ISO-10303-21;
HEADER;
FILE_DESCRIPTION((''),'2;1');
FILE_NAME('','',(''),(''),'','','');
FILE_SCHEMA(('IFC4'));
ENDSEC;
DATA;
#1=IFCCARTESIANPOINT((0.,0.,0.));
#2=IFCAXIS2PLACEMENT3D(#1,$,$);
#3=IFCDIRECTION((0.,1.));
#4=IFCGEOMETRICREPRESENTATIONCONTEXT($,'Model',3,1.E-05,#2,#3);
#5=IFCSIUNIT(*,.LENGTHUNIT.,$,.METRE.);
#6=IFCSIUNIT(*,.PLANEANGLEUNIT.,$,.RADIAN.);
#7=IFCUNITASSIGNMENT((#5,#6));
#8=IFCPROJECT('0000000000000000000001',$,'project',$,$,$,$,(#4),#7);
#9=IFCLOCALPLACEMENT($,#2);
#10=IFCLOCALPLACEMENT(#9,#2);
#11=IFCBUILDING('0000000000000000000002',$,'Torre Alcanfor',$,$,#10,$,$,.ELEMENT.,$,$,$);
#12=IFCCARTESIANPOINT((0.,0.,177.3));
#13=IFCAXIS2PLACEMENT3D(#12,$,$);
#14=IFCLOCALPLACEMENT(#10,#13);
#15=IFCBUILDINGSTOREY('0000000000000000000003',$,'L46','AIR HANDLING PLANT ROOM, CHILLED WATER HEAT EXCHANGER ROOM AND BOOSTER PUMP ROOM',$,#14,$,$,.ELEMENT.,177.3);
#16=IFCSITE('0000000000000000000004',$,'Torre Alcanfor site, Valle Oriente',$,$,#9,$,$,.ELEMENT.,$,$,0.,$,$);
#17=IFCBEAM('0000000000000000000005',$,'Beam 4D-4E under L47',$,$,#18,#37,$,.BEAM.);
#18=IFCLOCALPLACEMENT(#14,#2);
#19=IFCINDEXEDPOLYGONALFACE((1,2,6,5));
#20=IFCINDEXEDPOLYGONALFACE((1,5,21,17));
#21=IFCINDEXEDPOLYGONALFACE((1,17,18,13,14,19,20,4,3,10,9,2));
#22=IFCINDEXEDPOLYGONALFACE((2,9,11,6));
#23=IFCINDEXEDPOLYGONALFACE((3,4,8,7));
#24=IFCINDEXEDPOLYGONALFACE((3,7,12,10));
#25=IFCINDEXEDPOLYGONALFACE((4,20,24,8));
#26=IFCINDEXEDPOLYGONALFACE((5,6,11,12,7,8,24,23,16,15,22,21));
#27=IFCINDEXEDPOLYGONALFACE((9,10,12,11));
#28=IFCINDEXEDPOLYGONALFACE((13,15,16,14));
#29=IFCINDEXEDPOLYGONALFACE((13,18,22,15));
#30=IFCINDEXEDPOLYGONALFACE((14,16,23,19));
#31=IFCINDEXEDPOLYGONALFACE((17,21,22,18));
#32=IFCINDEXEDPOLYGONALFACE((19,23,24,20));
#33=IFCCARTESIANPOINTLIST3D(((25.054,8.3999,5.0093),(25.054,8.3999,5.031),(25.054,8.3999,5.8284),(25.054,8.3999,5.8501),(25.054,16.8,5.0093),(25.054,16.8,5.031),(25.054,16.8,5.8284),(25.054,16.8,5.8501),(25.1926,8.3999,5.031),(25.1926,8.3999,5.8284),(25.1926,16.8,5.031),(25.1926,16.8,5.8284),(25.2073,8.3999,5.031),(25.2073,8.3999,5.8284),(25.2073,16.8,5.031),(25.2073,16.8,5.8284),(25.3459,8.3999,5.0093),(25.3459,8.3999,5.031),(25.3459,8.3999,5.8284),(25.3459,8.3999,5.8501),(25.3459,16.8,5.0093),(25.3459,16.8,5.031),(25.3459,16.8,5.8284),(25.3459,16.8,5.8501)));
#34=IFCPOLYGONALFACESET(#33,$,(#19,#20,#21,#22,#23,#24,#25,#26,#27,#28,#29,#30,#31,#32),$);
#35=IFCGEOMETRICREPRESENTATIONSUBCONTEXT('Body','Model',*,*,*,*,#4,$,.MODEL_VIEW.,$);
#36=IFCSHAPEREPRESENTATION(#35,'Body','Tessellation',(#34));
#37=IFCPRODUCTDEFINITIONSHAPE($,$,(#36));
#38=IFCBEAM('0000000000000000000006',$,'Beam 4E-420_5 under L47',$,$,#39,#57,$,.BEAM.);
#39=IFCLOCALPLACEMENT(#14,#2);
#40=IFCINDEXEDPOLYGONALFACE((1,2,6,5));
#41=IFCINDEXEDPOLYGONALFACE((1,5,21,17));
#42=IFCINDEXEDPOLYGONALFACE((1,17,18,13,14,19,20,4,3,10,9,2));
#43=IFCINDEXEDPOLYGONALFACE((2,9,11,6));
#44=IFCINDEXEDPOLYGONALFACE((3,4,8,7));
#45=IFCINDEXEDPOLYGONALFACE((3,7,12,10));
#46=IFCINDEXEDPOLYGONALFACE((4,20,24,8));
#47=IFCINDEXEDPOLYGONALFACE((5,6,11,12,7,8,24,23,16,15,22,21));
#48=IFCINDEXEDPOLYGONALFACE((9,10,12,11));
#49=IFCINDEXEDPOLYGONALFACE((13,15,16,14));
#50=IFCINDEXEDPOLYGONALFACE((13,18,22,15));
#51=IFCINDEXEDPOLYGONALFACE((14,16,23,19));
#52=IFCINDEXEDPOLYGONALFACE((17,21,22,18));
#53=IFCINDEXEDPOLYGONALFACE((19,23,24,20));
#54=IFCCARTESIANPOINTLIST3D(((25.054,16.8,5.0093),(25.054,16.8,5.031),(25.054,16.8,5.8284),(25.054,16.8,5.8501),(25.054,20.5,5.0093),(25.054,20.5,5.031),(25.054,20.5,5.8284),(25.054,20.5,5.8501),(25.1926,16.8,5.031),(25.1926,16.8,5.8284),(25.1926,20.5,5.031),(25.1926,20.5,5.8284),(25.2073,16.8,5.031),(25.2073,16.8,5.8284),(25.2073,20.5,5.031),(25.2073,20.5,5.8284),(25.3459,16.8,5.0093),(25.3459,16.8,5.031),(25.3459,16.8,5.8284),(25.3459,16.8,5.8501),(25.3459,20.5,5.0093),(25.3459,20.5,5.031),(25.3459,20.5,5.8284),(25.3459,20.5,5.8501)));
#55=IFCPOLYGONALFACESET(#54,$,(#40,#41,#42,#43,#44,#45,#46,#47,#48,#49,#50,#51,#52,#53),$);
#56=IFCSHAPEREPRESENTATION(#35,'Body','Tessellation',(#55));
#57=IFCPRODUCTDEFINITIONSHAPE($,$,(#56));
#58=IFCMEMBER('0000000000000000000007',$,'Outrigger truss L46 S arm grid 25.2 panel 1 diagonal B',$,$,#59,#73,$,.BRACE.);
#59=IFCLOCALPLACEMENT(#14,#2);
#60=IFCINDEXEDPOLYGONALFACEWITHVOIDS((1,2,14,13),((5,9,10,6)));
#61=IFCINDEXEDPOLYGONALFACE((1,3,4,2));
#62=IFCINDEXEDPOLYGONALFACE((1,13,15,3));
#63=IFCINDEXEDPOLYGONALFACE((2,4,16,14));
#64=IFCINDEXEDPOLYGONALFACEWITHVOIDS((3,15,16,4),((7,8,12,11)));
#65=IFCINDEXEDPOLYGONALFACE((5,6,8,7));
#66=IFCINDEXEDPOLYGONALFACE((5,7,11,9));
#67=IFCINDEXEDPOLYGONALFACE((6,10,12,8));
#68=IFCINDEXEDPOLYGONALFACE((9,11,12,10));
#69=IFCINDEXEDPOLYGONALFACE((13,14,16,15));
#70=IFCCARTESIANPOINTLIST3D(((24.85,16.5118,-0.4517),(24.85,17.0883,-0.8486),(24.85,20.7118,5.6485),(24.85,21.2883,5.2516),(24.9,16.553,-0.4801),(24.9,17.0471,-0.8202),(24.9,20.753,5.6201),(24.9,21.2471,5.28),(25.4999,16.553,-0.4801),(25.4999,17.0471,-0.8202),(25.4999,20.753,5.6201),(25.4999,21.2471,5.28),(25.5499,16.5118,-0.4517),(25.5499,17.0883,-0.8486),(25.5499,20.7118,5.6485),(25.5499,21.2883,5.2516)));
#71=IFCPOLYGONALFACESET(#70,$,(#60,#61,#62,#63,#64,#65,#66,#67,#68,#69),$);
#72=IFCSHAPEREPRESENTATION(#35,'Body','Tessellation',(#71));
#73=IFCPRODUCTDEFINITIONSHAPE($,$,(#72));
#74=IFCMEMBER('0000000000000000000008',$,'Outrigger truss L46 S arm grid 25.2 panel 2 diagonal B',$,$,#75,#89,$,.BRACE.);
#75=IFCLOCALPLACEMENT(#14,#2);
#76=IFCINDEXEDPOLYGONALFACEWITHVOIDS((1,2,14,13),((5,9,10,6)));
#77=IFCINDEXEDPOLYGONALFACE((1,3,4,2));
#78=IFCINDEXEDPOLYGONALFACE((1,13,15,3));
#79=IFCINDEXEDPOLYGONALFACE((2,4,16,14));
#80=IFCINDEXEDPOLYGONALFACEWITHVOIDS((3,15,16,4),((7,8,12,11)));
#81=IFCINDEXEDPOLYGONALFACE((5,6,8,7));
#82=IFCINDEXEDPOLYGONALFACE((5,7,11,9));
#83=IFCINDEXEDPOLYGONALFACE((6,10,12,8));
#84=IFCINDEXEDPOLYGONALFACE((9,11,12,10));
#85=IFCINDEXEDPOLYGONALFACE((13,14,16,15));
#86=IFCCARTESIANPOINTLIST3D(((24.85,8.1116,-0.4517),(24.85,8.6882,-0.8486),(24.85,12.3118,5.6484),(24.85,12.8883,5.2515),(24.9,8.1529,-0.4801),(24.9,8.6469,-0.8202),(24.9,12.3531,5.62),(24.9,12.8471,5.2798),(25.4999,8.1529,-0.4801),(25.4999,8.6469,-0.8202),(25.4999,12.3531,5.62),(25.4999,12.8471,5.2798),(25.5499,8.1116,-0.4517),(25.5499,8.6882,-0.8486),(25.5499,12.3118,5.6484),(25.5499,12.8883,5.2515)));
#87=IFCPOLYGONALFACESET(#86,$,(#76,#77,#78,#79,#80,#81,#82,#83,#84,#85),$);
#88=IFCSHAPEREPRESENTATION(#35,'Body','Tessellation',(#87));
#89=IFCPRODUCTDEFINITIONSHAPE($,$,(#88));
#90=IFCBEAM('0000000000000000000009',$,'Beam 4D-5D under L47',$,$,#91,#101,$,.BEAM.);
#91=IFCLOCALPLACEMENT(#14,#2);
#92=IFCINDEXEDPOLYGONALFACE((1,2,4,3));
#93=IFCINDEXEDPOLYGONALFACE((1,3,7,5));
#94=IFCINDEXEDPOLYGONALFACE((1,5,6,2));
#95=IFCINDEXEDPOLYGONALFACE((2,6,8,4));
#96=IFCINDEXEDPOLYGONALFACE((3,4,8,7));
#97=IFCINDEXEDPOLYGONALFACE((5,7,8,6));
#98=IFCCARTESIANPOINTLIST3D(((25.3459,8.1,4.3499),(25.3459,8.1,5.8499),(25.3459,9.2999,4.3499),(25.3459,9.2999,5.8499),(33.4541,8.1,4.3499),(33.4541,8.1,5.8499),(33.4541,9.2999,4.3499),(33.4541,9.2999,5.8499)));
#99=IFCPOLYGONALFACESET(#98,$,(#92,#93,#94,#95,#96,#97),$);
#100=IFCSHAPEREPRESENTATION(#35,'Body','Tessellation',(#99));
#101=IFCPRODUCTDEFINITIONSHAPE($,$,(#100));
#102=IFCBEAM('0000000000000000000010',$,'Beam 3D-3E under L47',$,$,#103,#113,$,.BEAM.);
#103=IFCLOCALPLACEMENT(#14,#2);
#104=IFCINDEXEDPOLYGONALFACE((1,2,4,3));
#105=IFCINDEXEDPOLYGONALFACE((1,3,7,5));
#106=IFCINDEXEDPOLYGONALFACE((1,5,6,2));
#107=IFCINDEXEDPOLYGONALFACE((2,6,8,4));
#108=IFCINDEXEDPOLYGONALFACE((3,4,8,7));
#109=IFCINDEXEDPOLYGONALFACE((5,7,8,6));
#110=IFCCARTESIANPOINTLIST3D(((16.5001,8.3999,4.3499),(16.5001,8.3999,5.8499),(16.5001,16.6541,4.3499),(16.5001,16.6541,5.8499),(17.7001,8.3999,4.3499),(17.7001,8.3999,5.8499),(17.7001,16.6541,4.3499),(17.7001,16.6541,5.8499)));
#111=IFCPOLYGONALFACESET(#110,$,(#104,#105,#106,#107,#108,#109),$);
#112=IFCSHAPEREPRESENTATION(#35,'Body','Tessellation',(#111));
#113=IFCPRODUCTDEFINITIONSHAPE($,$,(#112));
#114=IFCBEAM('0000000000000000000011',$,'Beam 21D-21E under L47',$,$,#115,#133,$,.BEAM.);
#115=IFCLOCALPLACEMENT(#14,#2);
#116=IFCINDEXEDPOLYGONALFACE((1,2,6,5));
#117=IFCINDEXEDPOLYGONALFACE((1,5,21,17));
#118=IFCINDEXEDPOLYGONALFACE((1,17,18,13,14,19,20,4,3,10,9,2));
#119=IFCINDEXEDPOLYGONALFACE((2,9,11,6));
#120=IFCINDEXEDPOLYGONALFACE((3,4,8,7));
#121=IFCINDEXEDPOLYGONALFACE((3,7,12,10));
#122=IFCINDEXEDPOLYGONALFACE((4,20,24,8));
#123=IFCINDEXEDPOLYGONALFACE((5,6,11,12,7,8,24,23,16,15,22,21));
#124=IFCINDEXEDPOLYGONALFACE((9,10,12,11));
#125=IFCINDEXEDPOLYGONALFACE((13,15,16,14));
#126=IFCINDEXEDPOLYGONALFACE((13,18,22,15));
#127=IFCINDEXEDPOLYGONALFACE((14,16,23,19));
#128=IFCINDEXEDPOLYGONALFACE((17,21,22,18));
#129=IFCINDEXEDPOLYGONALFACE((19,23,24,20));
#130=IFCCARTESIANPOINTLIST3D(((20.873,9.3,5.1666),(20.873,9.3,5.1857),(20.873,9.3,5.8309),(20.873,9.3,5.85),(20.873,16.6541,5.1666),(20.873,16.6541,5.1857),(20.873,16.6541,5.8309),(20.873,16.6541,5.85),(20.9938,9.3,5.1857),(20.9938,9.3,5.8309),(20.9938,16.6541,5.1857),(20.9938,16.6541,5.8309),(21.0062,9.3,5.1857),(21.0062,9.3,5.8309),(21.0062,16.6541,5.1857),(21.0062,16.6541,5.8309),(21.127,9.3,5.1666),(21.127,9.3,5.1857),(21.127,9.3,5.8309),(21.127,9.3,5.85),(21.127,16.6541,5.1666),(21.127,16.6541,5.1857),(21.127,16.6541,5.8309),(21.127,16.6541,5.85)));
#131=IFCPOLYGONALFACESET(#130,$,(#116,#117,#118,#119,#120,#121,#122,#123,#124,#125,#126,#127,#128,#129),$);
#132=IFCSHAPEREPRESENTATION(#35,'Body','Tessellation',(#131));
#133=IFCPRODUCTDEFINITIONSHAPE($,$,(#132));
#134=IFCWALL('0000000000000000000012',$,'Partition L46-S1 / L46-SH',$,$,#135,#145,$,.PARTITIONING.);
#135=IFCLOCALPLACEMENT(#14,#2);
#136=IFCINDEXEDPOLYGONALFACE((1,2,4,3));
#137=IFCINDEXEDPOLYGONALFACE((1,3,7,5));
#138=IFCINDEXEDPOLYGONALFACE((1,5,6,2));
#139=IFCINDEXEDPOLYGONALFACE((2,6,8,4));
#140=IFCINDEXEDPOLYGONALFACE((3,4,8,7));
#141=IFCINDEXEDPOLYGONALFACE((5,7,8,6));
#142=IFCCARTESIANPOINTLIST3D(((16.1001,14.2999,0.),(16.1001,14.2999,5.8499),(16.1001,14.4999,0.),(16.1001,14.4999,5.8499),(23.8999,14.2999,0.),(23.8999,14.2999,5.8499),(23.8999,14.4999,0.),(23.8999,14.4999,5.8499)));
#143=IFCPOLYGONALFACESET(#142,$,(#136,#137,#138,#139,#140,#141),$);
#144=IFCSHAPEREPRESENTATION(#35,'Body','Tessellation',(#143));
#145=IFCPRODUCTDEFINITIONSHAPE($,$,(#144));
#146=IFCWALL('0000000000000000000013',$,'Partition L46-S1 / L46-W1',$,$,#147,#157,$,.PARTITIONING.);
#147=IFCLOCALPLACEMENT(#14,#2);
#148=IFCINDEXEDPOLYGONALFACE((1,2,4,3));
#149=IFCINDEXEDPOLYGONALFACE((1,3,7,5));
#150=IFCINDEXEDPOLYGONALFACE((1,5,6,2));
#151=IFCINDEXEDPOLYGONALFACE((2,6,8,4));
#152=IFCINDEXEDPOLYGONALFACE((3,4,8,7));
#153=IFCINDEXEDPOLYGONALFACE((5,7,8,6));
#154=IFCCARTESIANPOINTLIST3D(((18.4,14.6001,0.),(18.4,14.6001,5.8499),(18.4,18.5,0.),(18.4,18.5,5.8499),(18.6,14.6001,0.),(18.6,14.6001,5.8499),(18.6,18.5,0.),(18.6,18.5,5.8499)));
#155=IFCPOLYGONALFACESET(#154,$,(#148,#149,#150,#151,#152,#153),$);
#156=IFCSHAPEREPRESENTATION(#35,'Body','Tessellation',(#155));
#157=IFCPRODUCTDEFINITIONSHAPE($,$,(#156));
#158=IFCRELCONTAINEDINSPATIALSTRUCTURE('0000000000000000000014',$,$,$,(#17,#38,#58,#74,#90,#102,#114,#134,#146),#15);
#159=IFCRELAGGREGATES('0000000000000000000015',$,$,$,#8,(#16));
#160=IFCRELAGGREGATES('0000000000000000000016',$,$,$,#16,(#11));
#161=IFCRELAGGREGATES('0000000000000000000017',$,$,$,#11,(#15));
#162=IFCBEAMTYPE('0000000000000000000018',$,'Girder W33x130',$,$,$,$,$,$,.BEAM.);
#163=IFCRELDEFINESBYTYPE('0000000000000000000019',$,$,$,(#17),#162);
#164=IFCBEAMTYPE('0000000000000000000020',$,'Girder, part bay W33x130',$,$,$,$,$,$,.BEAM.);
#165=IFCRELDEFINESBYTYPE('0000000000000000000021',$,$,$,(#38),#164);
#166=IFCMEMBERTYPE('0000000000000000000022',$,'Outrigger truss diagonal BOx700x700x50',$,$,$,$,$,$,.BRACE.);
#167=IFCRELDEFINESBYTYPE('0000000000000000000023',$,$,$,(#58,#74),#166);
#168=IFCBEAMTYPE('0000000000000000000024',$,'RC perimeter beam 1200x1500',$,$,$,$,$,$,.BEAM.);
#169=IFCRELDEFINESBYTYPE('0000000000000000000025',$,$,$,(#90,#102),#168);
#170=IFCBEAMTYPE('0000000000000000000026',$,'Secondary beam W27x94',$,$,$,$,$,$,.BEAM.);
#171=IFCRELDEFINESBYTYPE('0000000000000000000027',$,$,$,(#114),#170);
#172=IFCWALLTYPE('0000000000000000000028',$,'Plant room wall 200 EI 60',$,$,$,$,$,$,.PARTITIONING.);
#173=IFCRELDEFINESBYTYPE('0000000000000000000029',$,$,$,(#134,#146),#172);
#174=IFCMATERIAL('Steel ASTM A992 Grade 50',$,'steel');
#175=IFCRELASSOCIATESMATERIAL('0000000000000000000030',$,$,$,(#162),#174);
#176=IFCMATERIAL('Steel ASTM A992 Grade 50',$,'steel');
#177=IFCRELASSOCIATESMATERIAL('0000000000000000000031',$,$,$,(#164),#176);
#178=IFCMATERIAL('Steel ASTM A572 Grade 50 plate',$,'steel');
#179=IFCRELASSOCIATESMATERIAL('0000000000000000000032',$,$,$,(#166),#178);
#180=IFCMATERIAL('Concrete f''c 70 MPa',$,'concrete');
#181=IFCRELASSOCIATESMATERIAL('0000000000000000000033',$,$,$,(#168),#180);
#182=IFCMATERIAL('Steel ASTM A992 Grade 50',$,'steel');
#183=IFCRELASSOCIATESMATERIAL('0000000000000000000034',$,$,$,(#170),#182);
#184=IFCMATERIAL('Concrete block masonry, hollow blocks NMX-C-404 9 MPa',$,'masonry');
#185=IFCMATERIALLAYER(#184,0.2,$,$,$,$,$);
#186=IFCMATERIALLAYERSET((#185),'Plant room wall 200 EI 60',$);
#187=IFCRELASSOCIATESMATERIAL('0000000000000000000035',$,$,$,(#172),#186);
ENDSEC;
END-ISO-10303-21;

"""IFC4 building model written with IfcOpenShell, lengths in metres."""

from ifc_helpers import new_model, si_unit, direction, frame, frame_2d, origin, origin_2d, place, context, subcontext, project, spatial, rectangle, hollow_rectangle, i_section, extrude, material, layer, layer_set, material_profile, profile_set, type_object, element, save


model = new_model("IFC4")

# Units and contexts
model_context = context("Model", 3, precision=1e-05, world=origin(), true_north=direction((0.0, 1.0)))
body_context = subcontext(model_context, "Body", "Model", "MODEL_VIEW")
ifc_project = project(units=[si_unit("LENGTHUNIT", "METRE"), si_unit("PLANEANGLEUNIT", "RADIAN")], contexts=[model_context])

# Site, building, storey
site_placement = place(None, origin())
site = spatial("IfcSite", under=ifc_project, at=site_placement, Name="Torre Alcanfor site, Valle Oriente", CompositionType="ELEMENT", RefElevation=0.0)
building_placement = place(site_placement, origin())
building = spatial("IfcBuilding", under=site, at=building_placement, Name="Torre Alcanfor", CompositionType="ELEMENT")
storey_placement = place(building_placement, frame((0.0, 0.0, 177.3)))
storey = spatial("IfcBuildingStorey", under=building, at=storey_placement, Name="L46", Description="AIR HANDLING PLANT ROOM, CHILLED WATER HEAT EXCHANGER ROOM AND BOOSTER PUMP ROOM", CompositionType="ELEMENT", Elevation=177.3)

# Beams
ifc_material_1 = material(Name="Steel ASTM A992 Grade 50", Category="steel")
ifc_material_profile_1 = material_profile(ifc_material_1, i_section(OverallWidth=0.292, OverallDepth=0.8408, WebThickness=0.0146, FlangeThickness=0.0217, at=origin_2d()), Name="W33x130")
ifc_profile_set_1 = profile_set([ifc_material_profile_1], Name="Steel ASTM A992 Grade 50")
beam_type_1 = type_object("IfcBeamType", Name="Girder W33x130", PredefinedType="BEAM", material=ifc_profile_set_1)
for number, where, z_axis, x_axis, name in (
    (1, (25.2, 8.3999, 5.4297), (0.0, 1.0, 0.0), (-1.0, 0.0, 0.0), "Beam 4D-4E under L47"),
):
    element("IfcBeam", number, at=place(storey_placement, frame(where, z_axis=z_axis, x_axis=x_axis)), inside=storey, type_object=beam_type_1, Name=name, PredefinedType="BEAM", context=body_context, shape_type="SweptSolid", body=[
        extrude(i_section(OverallWidth=0.292, OverallDepth=0.8408, WebThickness=0.0146, FlangeThickness=0.0217, at=origin_2d()), origin(), (0.0, 0.0, 1.0), 8.4001),
    ])
ifc_material_2 = material(Name="Steel ASTM A992 Grade 50", Category="steel")
ifc_material_profile_2 = material_profile(ifc_material_2, i_section(OverallWidth=0.292, OverallDepth=0.8408, WebThickness=0.0146, FlangeThickness=0.0217, at=origin_2d()), Name="W33x130")
ifc_profile_set_2 = profile_set([ifc_material_profile_2], Name="Steel ASTM A992 Grade 50")
beam_type_2 = type_object("IfcBeamType", Name="Girder, part bay W33x130", PredefinedType="BEAM", material=ifc_profile_set_2)
beam_1_placement = place(storey_placement, frame((25.2, 16.8, 5.4297), z_axis=(0.0, 1.0, 0.0), x_axis=(-1.0, 0.0, 0.0)))
element("IfcBeam", 2, at=beam_1_placement, inside=storey, type_object=beam_type_2, Name="Beam 4E-420_5 under L47", PredefinedType="BEAM", context=body_context, shape_type="SweptSolid", body=[
    extrude(i_section(OverallWidth=0.292, OverallDepth=0.8408, WebThickness=0.0146, FlangeThickness=0.0217, at=origin_2d()), origin(), (0.0, 0.0, 1.0), 3.7),
])

# Members
ifc_material_3 = material(Name="Steel ASTM A572 Grade 50 plate", Category="steel")
ifc_material_profile_3 = material_profile(ifc_material_3, hollow_rectangle(XDim=0.7, YDim=0.7, WallThickness=0.05, at=origin_2d()), Name="BOX 700x700x50")
ifc_profile_set_3 = profile_set([ifc_material_profile_3], Name="Steel ASTM A572 Grade 50 plate")
member_type_1 = type_object("IfcMemberType", Name="Outrigger truss diagonal BOx700x700x50", PredefinedType="BRACE", material=ifc_profile_set_3)
for number, where, z_axis, x_axis, name in (
    (3, (25.2, 16.8, -0.6501), (0.0, 0.567091, 0.823655), (-1.0, 0.0, 0.0), "Outrigger truss L46 S arm grid 25.2 panel 1 diagonal B"),
    (4, (25.2, 8.3999, -0.6501), (0.0, 0.567113, 0.82364), (-1.0, 0.0, 0.0), "Outrigger truss L46 S arm grid 25.2 panel 2 diagonal B"),
):
    element("IfcMember", number, at=place(storey_placement, frame(where, z_axis=z_axis, x_axis=x_axis)), inside=storey, type_object=member_type_1, Name=name, PredefinedType="BRACE", context=body_context, shape_type="SweptSolid", body=[
        extrude(hollow_rectangle(XDim=0.7, YDim=0.7, WallThickness=0.05, at=origin_2d()), origin(), (0.0, 0.0, 1.0), 7.4062),
    ])

# Beams
ifc_material_4 = material(Name="Concrete f'c 70 MPa", Category="concrete")
ifc_material_profile_4 = material_profile(ifc_material_4, rectangle(XDim=1.2, YDim=1.5, at=origin_2d()), Name="1200x1500")
ifc_profile_set_4 = profile_set([ifc_material_profile_4], Name="Concrete f'c 70 MPa")
beam_type_3 = type_object("IfcBeamType", Name="RC perimeter beam 1200x1500", PredefinedType="BEAM", material=ifc_profile_set_4)
beam_2_placement = place(storey_placement, frame((25.3459, 8.7, 5.0999), z_axis=(1.0, 0.0, 0.0), x_axis=(0.0, 1.0, 0.0)))
element("IfcBeam", 5, at=beam_2_placement, inside=storey, type_object=beam_type_3, Name="Beam 4D-5D under L47", PredefinedType="BEAM", context=body_context, shape_type="SweptSolid", body=[
    extrude(rectangle(XDim=1.2, YDim=1.5, at=origin_2d()), origin(), (0.0, 0.0, 1.0), 8.1082),
])
beam_3_placement = place(storey_placement, frame((17.1001, 8.3999, 5.0999), z_axis=(0.0, 1.0, 0.0), x_axis=(-1.0, 0.0, 0.0)))
element("IfcBeam", 6, at=beam_3_placement, inside=storey, type_object=beam_type_3, Name="Beam 3D-3E under L47", PredefinedType="BEAM", context=body_context, shape_type="SweptSolid", body=[
    extrude(rectangle(XDim=1.2, YDim=1.5, at=origin_2d()), origin(), (0.0, 0.0, 1.0), 8.2542),
])
ifc_material_5 = material(Name="Steel ASTM A992 Grade 50", Category="steel")
ifc_material_profile_5 = material_profile(ifc_material_5, i_section(OverallWidth=0.2539, OverallDepth=0.6833, WebThickness=0.0125, FlangeThickness=0.019, at=origin_2d()), Name="W27x94")
ifc_profile_set_5 = profile_set([ifc_material_profile_5], Name="Steel ASTM A992 Grade 50")
beam_type_4 = type_object("IfcBeamType", Name="Secondary beam W27x94", PredefinedType="BEAM", material=ifc_profile_set_5)
beam_4_placement = place(storey_placement, frame((21.0, 9.3, 5.5083), z_axis=(0.0, 1.0, 0.0), x_axis=(-1.0, 0.0, 0.0)))
element("IfcBeam", 7, at=beam_4_placement, inside=storey, type_object=beam_type_4, Name="Beam 21D-21E under L47", PredefinedType="BEAM", context=body_context, shape_type="SweptSolid", body=[
    extrude(i_section(OverallWidth=0.2539, OverallDepth=0.6833, WebThickness=0.0125, FlangeThickness=0.019, at=origin_2d()), origin(), (0.0, 0.0, 1.0), 7.354),
])

# Walls
ifc_material_6 = material(Name="Concrete block masonry, hollow blocks NMX-C-404 9 MPa", Category="masonry")
ifc_layer_1 = layer(ifc_material_6, 0.2)
ifc_layer_set_1 = layer_set([ifc_layer_1], Name="Plant room wall 200 EI 60")
wall_type = type_object("IfcWallType", Name="Plant room wall 200 EI 60", PredefinedType="PARTITIONING", material=ifc_layer_set_1)
wall_1_placement = place(storey_placement, frame((23.8999, 14.3999, 0.0), z_axis=(0.0, 0.0, 1.0), x_axis=(-1.0, 0.0, 0.0)))
element("IfcWall", 8, at=wall_1_placement, inside=storey, type_object=wall_type, Name="Partition L46-S1 / L46-SH", PredefinedType="PARTITIONING", context=body_context, shape_type="SweptSolid", body=[
    extrude(rectangle(XDim=7.7998, YDim=0.2, at=frame_2d((3.8999, 0.0))), origin(), (0.0, 0.0, 1.0), 5.8499),
])
wall_2_placement = place(storey_placement, frame((18.5, 14.6001, 0.0), z_axis=(0.0, 0.0, 1.0), x_axis=(0.0, 1.0, 0.0)))
element("IfcWall", 9, at=wall_2_placement, inside=storey, type_object=wall_type, Name="Partition L46-S1 / L46-W1", PredefinedType="PARTITIONING", context=body_context, shape_type="SweptSolid", body=[
    extrude(rectangle(XDim=3.8999, YDim=0.2, at=frame_2d((1.95, 0.0))), origin(), (0.0, 0.0, 1.0), 5.8499),
])

save(model, "model.ifc")
